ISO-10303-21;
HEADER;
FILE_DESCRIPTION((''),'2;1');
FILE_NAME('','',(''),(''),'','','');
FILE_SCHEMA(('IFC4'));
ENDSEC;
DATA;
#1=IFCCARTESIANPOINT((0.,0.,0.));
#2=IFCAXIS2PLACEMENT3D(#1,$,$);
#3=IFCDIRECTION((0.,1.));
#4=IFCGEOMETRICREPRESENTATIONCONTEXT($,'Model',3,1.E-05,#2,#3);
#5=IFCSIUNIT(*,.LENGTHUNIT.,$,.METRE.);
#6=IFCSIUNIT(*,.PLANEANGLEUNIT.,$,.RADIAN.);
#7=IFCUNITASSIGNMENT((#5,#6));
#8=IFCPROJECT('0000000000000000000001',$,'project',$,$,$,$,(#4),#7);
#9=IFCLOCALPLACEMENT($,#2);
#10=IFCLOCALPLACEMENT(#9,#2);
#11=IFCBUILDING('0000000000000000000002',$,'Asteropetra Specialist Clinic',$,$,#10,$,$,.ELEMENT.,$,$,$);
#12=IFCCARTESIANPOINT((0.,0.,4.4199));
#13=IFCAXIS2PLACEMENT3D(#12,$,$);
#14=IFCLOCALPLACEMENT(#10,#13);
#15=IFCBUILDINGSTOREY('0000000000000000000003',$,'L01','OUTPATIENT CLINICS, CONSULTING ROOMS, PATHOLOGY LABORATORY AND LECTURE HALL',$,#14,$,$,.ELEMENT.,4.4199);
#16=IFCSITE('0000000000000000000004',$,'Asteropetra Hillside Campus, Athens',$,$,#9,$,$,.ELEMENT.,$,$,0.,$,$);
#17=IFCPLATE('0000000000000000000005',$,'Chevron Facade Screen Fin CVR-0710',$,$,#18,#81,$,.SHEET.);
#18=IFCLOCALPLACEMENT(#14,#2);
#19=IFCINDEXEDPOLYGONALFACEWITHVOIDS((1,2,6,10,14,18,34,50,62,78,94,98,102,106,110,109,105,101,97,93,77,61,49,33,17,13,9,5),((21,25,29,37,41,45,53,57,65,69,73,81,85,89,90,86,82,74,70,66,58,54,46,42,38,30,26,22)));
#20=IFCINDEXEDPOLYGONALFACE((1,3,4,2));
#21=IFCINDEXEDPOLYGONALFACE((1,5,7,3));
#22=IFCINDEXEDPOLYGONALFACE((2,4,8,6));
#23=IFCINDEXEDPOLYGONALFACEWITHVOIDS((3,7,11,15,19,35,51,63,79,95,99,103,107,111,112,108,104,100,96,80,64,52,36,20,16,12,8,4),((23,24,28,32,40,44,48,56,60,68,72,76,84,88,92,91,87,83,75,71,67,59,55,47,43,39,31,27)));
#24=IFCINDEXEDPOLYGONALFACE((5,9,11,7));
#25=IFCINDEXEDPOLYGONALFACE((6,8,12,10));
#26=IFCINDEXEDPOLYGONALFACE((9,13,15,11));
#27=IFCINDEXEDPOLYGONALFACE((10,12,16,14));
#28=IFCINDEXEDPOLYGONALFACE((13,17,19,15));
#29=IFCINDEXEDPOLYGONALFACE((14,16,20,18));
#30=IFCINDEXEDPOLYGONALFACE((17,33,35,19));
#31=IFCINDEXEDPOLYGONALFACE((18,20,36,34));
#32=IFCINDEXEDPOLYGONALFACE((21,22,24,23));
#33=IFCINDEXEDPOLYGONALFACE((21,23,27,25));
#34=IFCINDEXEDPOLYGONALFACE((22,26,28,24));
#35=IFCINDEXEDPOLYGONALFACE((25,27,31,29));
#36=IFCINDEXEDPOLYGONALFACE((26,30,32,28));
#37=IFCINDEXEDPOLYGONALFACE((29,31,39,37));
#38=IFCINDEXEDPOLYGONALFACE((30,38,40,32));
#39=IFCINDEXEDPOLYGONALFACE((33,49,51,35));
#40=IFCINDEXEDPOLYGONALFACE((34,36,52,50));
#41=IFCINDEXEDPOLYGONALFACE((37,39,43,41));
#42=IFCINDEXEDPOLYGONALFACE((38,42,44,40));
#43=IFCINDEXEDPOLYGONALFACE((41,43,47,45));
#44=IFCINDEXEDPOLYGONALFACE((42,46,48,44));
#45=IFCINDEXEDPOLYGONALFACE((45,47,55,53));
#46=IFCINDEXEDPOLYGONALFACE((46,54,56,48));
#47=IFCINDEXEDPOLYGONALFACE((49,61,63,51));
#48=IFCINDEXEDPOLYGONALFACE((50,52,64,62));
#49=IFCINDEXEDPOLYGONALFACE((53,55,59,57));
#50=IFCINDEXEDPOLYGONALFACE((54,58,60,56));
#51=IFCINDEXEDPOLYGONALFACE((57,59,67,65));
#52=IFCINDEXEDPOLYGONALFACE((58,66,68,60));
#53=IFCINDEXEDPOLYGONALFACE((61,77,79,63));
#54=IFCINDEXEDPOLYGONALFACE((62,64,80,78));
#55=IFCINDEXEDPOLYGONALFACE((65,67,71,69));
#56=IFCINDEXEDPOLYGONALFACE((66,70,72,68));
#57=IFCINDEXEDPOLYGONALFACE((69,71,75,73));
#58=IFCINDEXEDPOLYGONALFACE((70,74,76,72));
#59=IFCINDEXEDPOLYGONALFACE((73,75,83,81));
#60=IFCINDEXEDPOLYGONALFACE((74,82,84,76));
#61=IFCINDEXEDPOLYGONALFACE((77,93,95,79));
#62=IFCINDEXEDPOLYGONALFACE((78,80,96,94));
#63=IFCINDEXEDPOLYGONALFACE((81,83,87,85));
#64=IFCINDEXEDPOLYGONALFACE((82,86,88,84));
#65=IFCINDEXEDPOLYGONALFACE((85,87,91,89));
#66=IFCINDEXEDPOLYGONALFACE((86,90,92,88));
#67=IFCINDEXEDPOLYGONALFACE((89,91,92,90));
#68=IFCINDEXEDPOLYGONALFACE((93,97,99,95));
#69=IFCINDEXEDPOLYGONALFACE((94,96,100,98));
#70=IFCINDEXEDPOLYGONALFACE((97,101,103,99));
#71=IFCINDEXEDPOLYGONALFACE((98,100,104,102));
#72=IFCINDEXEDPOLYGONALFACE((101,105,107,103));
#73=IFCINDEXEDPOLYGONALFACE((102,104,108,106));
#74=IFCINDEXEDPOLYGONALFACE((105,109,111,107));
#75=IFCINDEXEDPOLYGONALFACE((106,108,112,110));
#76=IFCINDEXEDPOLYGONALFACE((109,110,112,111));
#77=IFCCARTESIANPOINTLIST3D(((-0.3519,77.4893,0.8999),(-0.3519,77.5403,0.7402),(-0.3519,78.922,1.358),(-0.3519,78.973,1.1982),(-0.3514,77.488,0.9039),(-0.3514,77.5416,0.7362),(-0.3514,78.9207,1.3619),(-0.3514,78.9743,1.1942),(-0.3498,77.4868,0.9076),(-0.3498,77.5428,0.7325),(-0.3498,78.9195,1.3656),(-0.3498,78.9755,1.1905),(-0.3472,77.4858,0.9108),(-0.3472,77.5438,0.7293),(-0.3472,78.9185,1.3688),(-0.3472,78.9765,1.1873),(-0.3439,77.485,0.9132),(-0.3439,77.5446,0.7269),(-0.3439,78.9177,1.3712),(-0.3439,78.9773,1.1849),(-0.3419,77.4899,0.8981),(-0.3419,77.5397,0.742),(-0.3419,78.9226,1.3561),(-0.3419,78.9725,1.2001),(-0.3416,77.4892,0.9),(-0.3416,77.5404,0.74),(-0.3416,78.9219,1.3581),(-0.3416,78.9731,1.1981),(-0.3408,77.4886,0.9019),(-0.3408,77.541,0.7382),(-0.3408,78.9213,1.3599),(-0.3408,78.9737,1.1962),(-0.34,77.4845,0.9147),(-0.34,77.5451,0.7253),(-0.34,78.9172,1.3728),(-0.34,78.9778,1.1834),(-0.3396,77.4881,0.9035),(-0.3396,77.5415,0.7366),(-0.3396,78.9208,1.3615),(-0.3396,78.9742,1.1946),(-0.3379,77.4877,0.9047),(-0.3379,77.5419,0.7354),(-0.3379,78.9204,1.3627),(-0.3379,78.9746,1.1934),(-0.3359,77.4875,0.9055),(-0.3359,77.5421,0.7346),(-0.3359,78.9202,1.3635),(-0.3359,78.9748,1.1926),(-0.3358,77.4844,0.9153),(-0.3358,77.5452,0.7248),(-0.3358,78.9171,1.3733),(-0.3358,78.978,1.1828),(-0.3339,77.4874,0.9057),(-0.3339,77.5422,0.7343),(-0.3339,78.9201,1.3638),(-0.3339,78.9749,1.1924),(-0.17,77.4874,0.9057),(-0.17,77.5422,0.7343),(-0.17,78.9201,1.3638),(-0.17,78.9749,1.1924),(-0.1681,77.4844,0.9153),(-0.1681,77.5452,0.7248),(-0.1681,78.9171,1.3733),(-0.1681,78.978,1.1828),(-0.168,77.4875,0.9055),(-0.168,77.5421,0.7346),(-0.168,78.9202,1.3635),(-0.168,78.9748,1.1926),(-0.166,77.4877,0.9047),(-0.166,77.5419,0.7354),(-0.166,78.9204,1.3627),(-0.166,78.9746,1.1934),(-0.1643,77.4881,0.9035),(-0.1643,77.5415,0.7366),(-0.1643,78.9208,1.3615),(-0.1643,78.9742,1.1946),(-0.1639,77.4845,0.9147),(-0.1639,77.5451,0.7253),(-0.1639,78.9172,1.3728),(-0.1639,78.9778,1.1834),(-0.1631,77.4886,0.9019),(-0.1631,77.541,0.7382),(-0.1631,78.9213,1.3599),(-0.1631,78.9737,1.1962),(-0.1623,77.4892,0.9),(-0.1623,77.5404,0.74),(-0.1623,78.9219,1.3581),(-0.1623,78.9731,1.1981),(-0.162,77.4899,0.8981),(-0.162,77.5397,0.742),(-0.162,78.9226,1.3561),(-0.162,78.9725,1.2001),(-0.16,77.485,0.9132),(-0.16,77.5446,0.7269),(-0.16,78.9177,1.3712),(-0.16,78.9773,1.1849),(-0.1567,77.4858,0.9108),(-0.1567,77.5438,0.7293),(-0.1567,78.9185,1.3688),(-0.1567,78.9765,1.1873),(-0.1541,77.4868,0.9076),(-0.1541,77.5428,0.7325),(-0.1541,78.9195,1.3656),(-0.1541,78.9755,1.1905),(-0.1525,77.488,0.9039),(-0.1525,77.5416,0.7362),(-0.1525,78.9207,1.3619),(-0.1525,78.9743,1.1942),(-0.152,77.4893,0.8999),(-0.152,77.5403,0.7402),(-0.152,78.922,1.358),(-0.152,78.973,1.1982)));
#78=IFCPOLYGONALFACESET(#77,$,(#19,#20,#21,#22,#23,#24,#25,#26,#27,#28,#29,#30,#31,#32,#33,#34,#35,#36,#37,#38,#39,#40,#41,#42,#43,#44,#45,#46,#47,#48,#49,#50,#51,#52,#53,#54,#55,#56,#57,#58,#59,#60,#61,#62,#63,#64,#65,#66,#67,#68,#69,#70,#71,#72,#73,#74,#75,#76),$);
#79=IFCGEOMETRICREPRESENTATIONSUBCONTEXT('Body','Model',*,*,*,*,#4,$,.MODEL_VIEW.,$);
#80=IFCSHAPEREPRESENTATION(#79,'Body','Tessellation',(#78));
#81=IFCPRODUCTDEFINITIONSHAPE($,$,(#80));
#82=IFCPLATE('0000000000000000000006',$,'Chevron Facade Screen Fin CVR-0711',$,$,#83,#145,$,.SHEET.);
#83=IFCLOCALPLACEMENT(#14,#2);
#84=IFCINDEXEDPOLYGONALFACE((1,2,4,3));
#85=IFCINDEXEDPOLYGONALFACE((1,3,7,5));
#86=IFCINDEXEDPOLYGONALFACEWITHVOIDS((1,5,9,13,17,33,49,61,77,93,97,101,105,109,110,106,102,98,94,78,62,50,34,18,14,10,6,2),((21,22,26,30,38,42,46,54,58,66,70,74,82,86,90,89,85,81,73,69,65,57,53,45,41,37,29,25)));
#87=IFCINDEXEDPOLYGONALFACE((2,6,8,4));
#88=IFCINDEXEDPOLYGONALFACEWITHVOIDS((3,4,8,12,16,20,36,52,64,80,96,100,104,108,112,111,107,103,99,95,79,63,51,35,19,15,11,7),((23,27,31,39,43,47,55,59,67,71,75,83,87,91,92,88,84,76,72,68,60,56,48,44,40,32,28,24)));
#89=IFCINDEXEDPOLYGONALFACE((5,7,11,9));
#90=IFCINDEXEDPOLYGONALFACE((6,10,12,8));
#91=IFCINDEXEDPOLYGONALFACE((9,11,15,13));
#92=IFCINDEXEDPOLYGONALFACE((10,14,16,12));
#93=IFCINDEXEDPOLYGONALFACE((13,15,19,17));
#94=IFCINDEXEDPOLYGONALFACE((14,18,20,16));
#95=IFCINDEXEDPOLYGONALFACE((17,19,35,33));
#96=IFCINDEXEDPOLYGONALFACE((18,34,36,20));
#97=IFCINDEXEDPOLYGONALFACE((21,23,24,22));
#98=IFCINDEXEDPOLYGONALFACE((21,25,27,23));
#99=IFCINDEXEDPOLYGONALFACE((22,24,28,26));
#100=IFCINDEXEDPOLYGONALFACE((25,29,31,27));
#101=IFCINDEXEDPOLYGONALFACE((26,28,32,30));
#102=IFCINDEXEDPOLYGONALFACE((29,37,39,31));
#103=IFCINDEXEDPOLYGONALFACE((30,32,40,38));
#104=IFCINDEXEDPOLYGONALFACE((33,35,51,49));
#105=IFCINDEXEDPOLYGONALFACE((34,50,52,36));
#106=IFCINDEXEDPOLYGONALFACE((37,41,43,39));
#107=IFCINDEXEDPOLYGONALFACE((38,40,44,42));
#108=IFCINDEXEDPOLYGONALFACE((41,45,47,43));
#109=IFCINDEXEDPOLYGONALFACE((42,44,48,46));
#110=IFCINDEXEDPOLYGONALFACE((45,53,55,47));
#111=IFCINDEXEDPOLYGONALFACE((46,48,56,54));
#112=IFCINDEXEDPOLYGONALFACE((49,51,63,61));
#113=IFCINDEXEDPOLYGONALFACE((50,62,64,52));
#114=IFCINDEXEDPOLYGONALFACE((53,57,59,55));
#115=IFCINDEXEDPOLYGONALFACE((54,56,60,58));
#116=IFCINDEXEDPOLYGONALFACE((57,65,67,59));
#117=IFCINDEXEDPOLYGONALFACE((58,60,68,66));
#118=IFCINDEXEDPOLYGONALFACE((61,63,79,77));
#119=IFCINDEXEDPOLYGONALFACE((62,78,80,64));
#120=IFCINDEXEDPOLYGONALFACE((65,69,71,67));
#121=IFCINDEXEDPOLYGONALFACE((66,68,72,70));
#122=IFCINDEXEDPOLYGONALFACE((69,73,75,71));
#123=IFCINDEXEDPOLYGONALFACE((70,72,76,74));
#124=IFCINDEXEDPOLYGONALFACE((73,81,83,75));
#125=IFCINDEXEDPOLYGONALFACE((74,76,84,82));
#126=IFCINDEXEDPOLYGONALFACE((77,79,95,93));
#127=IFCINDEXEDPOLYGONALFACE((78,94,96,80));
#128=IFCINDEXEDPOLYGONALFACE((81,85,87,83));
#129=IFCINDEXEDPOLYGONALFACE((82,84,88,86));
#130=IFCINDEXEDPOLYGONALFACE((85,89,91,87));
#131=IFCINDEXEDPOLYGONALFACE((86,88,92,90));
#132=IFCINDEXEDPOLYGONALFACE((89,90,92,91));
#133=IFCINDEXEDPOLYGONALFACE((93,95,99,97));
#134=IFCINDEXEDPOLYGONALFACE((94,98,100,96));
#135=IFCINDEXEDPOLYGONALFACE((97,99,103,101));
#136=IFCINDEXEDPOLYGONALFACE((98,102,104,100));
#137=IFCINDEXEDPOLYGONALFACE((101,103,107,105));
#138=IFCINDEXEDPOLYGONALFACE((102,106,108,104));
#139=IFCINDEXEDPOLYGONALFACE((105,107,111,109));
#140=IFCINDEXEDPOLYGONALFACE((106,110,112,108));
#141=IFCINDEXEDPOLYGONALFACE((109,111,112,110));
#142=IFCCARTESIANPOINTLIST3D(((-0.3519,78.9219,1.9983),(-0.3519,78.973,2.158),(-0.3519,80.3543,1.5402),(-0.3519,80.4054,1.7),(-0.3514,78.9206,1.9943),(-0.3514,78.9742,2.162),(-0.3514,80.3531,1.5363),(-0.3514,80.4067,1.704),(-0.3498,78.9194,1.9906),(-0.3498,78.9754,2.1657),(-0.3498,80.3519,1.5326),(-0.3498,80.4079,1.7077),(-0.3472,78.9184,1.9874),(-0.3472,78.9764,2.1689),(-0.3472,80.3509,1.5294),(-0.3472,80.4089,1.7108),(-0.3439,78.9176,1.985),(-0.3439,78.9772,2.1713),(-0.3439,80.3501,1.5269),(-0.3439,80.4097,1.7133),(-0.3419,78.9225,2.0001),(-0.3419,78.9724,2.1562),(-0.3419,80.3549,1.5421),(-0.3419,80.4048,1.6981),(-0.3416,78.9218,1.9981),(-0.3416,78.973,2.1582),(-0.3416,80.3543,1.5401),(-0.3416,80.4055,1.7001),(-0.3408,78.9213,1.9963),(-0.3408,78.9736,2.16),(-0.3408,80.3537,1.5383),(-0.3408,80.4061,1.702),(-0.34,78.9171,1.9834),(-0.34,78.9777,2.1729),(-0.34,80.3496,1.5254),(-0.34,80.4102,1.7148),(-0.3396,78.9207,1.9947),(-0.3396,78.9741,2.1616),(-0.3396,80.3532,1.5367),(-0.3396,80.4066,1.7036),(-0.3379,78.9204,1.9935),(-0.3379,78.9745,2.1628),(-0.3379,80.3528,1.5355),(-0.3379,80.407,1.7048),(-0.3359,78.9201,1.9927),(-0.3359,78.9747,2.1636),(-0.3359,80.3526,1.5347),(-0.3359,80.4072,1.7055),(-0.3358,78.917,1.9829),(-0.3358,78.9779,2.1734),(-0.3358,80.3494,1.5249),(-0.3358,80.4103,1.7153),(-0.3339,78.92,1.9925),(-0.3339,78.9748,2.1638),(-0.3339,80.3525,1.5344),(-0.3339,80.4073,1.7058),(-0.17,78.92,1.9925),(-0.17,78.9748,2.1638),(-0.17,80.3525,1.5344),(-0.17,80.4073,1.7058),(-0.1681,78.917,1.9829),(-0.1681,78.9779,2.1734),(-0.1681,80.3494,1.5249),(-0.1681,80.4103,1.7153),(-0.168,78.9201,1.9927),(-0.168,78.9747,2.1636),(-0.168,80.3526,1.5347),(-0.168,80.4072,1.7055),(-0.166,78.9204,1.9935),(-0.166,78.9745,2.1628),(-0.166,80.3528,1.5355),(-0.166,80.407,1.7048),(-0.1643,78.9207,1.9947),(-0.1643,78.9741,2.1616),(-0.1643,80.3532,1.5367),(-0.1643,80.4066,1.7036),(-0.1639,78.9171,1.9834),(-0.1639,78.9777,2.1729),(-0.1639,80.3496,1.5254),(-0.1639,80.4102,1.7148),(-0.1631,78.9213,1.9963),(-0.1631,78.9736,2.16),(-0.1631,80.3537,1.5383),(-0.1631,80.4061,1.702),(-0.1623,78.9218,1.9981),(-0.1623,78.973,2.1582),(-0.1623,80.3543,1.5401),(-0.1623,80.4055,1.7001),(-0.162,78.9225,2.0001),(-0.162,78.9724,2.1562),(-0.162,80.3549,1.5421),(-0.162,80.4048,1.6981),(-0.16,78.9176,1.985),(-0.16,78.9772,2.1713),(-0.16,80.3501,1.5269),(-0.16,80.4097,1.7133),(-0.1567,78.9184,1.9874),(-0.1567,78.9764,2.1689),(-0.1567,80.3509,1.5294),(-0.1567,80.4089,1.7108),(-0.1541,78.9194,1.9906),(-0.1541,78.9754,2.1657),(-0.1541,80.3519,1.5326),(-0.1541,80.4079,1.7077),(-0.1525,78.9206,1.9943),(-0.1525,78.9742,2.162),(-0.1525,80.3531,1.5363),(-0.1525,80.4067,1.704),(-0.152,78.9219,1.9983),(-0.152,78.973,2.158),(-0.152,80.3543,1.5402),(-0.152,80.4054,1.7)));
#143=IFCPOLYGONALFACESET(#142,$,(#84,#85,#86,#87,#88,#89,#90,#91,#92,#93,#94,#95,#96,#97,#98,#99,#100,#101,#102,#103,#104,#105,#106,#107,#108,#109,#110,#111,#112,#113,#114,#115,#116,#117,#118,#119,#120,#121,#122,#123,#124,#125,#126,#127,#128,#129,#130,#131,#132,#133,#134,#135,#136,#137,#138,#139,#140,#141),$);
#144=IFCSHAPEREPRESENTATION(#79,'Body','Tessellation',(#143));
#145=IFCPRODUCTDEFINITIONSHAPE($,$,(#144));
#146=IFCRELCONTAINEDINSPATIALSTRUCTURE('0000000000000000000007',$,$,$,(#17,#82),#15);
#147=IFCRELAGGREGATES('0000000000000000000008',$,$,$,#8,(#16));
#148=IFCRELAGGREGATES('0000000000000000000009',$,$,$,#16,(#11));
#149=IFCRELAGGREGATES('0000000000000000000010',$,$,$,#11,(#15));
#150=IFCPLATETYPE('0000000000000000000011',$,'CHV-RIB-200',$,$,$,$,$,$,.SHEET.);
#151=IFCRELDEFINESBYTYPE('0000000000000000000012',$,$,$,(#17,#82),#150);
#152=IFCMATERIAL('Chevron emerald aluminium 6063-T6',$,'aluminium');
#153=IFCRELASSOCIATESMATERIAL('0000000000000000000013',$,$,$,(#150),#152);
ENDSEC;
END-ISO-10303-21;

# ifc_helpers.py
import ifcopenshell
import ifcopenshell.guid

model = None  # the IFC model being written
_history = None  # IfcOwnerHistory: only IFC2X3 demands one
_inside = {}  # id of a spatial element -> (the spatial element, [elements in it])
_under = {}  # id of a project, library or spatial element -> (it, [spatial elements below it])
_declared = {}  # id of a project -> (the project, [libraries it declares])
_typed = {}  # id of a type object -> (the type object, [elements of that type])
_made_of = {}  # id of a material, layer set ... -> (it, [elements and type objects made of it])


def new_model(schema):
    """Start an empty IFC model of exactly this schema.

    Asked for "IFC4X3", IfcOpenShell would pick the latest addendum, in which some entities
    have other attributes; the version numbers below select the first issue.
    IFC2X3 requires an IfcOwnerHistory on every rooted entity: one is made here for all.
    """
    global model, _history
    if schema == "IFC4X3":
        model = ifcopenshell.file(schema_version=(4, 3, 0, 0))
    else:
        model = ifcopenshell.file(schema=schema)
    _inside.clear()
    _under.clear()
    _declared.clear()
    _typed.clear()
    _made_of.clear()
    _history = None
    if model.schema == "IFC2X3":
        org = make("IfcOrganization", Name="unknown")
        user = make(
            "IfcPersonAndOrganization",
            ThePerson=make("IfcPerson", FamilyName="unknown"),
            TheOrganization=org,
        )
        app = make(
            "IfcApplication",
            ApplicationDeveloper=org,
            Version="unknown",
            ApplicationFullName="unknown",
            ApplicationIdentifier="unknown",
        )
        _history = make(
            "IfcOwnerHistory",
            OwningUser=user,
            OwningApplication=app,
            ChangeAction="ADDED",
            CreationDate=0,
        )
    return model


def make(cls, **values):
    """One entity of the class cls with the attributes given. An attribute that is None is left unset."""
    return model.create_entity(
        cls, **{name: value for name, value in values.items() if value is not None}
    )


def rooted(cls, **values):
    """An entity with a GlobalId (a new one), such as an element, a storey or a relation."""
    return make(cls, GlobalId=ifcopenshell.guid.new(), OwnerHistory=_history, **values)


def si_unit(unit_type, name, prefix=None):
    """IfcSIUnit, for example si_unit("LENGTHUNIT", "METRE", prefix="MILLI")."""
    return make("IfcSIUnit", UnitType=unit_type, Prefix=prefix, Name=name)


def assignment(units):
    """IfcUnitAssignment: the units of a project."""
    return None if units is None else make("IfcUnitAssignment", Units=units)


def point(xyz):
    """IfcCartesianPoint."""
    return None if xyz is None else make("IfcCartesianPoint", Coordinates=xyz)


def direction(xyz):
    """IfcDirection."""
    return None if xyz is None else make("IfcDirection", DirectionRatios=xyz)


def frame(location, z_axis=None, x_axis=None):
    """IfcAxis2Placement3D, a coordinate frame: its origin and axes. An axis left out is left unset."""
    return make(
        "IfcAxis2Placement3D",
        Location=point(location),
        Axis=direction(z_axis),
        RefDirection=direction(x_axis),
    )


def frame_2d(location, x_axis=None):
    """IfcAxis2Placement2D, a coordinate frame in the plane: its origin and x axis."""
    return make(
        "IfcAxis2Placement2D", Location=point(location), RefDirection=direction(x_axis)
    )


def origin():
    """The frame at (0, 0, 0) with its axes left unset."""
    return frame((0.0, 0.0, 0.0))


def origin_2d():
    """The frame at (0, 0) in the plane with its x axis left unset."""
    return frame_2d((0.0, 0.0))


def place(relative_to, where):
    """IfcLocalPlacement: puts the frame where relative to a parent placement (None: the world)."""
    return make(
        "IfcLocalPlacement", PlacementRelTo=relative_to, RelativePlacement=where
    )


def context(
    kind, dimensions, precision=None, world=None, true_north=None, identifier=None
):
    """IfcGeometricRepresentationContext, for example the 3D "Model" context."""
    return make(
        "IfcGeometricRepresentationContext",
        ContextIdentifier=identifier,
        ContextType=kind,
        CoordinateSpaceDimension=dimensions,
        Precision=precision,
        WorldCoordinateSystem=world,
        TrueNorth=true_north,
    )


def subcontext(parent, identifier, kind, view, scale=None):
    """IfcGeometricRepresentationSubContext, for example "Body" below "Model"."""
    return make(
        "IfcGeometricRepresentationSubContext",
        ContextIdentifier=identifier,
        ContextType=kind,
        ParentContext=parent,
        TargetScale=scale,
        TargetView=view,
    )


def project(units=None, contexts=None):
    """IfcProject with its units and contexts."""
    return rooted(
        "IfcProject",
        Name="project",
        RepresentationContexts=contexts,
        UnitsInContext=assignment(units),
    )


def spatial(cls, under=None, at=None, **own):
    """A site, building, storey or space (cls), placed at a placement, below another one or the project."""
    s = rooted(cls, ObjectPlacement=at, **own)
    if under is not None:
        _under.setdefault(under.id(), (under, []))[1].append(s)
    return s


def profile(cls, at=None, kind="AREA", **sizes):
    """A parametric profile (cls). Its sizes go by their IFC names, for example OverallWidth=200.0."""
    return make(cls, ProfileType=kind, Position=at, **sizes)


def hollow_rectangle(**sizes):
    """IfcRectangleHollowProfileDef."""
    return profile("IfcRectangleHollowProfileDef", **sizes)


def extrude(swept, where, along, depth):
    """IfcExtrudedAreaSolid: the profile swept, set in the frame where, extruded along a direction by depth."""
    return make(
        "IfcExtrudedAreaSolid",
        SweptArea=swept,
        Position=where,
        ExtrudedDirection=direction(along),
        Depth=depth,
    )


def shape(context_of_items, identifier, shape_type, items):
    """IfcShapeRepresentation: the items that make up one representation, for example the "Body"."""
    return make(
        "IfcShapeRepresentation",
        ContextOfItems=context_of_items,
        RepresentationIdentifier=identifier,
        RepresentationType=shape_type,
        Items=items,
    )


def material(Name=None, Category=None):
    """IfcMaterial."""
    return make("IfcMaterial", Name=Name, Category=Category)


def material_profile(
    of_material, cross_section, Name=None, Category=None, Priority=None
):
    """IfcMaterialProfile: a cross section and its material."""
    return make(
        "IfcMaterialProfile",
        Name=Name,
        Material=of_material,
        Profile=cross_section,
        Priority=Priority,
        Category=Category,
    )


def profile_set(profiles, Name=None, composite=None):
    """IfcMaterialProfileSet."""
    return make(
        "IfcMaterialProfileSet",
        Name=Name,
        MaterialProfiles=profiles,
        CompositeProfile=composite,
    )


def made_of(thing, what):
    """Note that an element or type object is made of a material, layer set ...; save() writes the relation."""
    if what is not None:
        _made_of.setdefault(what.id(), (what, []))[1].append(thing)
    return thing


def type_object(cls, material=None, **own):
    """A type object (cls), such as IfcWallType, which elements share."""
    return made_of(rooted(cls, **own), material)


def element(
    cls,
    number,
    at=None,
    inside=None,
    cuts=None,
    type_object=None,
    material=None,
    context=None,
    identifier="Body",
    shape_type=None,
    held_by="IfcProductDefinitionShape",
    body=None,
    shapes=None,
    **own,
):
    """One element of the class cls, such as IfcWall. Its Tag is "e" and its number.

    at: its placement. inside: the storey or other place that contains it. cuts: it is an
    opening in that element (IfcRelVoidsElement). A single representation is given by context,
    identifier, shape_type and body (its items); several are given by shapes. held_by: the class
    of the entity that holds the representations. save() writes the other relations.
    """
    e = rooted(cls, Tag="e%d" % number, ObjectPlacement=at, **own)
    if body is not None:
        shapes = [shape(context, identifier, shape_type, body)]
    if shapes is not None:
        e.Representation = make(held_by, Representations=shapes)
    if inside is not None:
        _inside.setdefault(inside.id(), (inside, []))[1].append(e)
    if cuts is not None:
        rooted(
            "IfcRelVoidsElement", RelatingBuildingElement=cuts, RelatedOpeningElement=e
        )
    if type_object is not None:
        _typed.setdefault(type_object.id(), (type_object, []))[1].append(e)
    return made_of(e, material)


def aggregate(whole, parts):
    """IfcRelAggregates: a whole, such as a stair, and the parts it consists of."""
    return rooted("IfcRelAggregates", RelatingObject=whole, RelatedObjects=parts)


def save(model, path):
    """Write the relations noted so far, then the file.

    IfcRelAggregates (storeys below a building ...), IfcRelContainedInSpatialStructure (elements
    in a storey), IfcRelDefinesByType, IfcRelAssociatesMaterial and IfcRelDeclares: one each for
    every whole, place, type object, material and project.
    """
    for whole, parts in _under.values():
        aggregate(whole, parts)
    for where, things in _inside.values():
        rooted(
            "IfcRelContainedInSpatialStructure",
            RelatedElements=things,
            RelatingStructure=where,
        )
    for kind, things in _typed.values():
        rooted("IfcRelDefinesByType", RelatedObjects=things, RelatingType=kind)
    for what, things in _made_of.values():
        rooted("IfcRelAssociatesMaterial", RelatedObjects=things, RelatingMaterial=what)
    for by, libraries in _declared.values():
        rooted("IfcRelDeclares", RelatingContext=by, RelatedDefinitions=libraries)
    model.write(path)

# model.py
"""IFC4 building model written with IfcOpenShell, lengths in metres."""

from ifc_helpers import new_model, si_unit, direction, frame, origin, origin_2d, place, context, subcontext, project, spatial, hollow_rectangle, extrude, material, material_profile, profile_set, type_object, element, save


model = new_model("IFC4")

# Units and contexts
model_context = context("Model", 3, precision=1e-05, world=origin(), true_north=direction((0.0, 1.0)))
body_context = subcontext(model_context, "Body", "Model", "MODEL_VIEW")
ifc_project = project(units=[si_unit("LENGTHUNIT", "METRE"), si_unit("PLANEANGLEUNIT", "RADIAN")], contexts=[model_context])

# Site, building, storey
site_placement = place(None, origin())
site = spatial("IfcSite", under=ifc_project, at=site_placement, Name="Asteropetra Hillside Campus, Athens", CompositionType="ELEMENT", RefElevation=0.0)
building_placement = place(site_placement, origin())
building = spatial("IfcBuilding", under=site, at=building_placement, Name="Asteropetra Specialist Clinic", CompositionType="ELEMENT")
storey_placement = place(building_placement, frame((0.0, 0.0, 4.4199)))
storey = spatial("IfcBuildingStorey", under=building, at=storey_placement, Name="L01", Description="OUTPATIENT CLINICS, CONSULTING ROOMS, PATHOLOGY LABORATORY AND LECTURE HALL", CompositionType="ELEMENT", Elevation=4.4199)

# Plates
ifc_material_1 = material(Name="Chevron emerald aluminium 6063-T6", Category="aluminium")
ifc_material_profile_1 = material_profile(ifc_material_1, hollow_rectangle(XDim=0.2, YDim=0.2, WallThickness=0.01, InnerFilletRadius=0.0081, OuterFilletRadius=0.0161, at=origin_2d()), Name="SHS 200x200x10.0")
ifc_profile_set_1 = profile_set([ifc_material_profile_1], Name="Chevron emerald aluminium 6063-T6")
plate_type = type_object("IfcPlateType", Name="CHV-RIB-200", PredefinedType="SHEET", material=ifc_profile_set_1)
plate_1_placement = place(storey_placement, frame((-0.252, 78.9475, 1.2781), z_axis=(0.0, -0.952507, -0.304517), x_axis=(1.0, 0.0, 0.0)))
element("IfcPlate", 1, at=plate_1_placement, inside=storey, type_object=plate_type, Name="Chevron Facade Screen Fin CVR-0710", PredefinedType="SHEET", context=body_context, shape_type="SweptSolid", body=[
    extrude(hollow_rectangle(XDim=0.2, YDim=0.2, WallThickness=0.01, InnerFilletRadius=0.0081, OuterFilletRadius=0.0161, at=origin_2d()), origin(), (0.0, 0.0, 1.0), 1.5042),
])
plate_2_placement = place(storey_placement, frame((-0.252, 80.3799, 1.6201), z_axis=(0.0, -0.952492, 0.304564), x_axis=(1.0, 0.0, 0.0)))
element("IfcPlate", 2, at=plate_2_placement, inside=storey, type_object=plate_type, Name="Chevron Facade Screen Fin CVR-0711", PredefinedType="SHEET", context=body_context, shape_type="SweptSolid", body=[
    extrude(hollow_rectangle(XDim=0.2, YDim=0.2, WallThickness=0.01, InnerFilletRadius=0.0081, OuterFilletRadius=0.0161, at=origin_2d()), origin(), (0.0, 0.0, 1.0), 1.5039),
])

save(model, "model.ifc")
